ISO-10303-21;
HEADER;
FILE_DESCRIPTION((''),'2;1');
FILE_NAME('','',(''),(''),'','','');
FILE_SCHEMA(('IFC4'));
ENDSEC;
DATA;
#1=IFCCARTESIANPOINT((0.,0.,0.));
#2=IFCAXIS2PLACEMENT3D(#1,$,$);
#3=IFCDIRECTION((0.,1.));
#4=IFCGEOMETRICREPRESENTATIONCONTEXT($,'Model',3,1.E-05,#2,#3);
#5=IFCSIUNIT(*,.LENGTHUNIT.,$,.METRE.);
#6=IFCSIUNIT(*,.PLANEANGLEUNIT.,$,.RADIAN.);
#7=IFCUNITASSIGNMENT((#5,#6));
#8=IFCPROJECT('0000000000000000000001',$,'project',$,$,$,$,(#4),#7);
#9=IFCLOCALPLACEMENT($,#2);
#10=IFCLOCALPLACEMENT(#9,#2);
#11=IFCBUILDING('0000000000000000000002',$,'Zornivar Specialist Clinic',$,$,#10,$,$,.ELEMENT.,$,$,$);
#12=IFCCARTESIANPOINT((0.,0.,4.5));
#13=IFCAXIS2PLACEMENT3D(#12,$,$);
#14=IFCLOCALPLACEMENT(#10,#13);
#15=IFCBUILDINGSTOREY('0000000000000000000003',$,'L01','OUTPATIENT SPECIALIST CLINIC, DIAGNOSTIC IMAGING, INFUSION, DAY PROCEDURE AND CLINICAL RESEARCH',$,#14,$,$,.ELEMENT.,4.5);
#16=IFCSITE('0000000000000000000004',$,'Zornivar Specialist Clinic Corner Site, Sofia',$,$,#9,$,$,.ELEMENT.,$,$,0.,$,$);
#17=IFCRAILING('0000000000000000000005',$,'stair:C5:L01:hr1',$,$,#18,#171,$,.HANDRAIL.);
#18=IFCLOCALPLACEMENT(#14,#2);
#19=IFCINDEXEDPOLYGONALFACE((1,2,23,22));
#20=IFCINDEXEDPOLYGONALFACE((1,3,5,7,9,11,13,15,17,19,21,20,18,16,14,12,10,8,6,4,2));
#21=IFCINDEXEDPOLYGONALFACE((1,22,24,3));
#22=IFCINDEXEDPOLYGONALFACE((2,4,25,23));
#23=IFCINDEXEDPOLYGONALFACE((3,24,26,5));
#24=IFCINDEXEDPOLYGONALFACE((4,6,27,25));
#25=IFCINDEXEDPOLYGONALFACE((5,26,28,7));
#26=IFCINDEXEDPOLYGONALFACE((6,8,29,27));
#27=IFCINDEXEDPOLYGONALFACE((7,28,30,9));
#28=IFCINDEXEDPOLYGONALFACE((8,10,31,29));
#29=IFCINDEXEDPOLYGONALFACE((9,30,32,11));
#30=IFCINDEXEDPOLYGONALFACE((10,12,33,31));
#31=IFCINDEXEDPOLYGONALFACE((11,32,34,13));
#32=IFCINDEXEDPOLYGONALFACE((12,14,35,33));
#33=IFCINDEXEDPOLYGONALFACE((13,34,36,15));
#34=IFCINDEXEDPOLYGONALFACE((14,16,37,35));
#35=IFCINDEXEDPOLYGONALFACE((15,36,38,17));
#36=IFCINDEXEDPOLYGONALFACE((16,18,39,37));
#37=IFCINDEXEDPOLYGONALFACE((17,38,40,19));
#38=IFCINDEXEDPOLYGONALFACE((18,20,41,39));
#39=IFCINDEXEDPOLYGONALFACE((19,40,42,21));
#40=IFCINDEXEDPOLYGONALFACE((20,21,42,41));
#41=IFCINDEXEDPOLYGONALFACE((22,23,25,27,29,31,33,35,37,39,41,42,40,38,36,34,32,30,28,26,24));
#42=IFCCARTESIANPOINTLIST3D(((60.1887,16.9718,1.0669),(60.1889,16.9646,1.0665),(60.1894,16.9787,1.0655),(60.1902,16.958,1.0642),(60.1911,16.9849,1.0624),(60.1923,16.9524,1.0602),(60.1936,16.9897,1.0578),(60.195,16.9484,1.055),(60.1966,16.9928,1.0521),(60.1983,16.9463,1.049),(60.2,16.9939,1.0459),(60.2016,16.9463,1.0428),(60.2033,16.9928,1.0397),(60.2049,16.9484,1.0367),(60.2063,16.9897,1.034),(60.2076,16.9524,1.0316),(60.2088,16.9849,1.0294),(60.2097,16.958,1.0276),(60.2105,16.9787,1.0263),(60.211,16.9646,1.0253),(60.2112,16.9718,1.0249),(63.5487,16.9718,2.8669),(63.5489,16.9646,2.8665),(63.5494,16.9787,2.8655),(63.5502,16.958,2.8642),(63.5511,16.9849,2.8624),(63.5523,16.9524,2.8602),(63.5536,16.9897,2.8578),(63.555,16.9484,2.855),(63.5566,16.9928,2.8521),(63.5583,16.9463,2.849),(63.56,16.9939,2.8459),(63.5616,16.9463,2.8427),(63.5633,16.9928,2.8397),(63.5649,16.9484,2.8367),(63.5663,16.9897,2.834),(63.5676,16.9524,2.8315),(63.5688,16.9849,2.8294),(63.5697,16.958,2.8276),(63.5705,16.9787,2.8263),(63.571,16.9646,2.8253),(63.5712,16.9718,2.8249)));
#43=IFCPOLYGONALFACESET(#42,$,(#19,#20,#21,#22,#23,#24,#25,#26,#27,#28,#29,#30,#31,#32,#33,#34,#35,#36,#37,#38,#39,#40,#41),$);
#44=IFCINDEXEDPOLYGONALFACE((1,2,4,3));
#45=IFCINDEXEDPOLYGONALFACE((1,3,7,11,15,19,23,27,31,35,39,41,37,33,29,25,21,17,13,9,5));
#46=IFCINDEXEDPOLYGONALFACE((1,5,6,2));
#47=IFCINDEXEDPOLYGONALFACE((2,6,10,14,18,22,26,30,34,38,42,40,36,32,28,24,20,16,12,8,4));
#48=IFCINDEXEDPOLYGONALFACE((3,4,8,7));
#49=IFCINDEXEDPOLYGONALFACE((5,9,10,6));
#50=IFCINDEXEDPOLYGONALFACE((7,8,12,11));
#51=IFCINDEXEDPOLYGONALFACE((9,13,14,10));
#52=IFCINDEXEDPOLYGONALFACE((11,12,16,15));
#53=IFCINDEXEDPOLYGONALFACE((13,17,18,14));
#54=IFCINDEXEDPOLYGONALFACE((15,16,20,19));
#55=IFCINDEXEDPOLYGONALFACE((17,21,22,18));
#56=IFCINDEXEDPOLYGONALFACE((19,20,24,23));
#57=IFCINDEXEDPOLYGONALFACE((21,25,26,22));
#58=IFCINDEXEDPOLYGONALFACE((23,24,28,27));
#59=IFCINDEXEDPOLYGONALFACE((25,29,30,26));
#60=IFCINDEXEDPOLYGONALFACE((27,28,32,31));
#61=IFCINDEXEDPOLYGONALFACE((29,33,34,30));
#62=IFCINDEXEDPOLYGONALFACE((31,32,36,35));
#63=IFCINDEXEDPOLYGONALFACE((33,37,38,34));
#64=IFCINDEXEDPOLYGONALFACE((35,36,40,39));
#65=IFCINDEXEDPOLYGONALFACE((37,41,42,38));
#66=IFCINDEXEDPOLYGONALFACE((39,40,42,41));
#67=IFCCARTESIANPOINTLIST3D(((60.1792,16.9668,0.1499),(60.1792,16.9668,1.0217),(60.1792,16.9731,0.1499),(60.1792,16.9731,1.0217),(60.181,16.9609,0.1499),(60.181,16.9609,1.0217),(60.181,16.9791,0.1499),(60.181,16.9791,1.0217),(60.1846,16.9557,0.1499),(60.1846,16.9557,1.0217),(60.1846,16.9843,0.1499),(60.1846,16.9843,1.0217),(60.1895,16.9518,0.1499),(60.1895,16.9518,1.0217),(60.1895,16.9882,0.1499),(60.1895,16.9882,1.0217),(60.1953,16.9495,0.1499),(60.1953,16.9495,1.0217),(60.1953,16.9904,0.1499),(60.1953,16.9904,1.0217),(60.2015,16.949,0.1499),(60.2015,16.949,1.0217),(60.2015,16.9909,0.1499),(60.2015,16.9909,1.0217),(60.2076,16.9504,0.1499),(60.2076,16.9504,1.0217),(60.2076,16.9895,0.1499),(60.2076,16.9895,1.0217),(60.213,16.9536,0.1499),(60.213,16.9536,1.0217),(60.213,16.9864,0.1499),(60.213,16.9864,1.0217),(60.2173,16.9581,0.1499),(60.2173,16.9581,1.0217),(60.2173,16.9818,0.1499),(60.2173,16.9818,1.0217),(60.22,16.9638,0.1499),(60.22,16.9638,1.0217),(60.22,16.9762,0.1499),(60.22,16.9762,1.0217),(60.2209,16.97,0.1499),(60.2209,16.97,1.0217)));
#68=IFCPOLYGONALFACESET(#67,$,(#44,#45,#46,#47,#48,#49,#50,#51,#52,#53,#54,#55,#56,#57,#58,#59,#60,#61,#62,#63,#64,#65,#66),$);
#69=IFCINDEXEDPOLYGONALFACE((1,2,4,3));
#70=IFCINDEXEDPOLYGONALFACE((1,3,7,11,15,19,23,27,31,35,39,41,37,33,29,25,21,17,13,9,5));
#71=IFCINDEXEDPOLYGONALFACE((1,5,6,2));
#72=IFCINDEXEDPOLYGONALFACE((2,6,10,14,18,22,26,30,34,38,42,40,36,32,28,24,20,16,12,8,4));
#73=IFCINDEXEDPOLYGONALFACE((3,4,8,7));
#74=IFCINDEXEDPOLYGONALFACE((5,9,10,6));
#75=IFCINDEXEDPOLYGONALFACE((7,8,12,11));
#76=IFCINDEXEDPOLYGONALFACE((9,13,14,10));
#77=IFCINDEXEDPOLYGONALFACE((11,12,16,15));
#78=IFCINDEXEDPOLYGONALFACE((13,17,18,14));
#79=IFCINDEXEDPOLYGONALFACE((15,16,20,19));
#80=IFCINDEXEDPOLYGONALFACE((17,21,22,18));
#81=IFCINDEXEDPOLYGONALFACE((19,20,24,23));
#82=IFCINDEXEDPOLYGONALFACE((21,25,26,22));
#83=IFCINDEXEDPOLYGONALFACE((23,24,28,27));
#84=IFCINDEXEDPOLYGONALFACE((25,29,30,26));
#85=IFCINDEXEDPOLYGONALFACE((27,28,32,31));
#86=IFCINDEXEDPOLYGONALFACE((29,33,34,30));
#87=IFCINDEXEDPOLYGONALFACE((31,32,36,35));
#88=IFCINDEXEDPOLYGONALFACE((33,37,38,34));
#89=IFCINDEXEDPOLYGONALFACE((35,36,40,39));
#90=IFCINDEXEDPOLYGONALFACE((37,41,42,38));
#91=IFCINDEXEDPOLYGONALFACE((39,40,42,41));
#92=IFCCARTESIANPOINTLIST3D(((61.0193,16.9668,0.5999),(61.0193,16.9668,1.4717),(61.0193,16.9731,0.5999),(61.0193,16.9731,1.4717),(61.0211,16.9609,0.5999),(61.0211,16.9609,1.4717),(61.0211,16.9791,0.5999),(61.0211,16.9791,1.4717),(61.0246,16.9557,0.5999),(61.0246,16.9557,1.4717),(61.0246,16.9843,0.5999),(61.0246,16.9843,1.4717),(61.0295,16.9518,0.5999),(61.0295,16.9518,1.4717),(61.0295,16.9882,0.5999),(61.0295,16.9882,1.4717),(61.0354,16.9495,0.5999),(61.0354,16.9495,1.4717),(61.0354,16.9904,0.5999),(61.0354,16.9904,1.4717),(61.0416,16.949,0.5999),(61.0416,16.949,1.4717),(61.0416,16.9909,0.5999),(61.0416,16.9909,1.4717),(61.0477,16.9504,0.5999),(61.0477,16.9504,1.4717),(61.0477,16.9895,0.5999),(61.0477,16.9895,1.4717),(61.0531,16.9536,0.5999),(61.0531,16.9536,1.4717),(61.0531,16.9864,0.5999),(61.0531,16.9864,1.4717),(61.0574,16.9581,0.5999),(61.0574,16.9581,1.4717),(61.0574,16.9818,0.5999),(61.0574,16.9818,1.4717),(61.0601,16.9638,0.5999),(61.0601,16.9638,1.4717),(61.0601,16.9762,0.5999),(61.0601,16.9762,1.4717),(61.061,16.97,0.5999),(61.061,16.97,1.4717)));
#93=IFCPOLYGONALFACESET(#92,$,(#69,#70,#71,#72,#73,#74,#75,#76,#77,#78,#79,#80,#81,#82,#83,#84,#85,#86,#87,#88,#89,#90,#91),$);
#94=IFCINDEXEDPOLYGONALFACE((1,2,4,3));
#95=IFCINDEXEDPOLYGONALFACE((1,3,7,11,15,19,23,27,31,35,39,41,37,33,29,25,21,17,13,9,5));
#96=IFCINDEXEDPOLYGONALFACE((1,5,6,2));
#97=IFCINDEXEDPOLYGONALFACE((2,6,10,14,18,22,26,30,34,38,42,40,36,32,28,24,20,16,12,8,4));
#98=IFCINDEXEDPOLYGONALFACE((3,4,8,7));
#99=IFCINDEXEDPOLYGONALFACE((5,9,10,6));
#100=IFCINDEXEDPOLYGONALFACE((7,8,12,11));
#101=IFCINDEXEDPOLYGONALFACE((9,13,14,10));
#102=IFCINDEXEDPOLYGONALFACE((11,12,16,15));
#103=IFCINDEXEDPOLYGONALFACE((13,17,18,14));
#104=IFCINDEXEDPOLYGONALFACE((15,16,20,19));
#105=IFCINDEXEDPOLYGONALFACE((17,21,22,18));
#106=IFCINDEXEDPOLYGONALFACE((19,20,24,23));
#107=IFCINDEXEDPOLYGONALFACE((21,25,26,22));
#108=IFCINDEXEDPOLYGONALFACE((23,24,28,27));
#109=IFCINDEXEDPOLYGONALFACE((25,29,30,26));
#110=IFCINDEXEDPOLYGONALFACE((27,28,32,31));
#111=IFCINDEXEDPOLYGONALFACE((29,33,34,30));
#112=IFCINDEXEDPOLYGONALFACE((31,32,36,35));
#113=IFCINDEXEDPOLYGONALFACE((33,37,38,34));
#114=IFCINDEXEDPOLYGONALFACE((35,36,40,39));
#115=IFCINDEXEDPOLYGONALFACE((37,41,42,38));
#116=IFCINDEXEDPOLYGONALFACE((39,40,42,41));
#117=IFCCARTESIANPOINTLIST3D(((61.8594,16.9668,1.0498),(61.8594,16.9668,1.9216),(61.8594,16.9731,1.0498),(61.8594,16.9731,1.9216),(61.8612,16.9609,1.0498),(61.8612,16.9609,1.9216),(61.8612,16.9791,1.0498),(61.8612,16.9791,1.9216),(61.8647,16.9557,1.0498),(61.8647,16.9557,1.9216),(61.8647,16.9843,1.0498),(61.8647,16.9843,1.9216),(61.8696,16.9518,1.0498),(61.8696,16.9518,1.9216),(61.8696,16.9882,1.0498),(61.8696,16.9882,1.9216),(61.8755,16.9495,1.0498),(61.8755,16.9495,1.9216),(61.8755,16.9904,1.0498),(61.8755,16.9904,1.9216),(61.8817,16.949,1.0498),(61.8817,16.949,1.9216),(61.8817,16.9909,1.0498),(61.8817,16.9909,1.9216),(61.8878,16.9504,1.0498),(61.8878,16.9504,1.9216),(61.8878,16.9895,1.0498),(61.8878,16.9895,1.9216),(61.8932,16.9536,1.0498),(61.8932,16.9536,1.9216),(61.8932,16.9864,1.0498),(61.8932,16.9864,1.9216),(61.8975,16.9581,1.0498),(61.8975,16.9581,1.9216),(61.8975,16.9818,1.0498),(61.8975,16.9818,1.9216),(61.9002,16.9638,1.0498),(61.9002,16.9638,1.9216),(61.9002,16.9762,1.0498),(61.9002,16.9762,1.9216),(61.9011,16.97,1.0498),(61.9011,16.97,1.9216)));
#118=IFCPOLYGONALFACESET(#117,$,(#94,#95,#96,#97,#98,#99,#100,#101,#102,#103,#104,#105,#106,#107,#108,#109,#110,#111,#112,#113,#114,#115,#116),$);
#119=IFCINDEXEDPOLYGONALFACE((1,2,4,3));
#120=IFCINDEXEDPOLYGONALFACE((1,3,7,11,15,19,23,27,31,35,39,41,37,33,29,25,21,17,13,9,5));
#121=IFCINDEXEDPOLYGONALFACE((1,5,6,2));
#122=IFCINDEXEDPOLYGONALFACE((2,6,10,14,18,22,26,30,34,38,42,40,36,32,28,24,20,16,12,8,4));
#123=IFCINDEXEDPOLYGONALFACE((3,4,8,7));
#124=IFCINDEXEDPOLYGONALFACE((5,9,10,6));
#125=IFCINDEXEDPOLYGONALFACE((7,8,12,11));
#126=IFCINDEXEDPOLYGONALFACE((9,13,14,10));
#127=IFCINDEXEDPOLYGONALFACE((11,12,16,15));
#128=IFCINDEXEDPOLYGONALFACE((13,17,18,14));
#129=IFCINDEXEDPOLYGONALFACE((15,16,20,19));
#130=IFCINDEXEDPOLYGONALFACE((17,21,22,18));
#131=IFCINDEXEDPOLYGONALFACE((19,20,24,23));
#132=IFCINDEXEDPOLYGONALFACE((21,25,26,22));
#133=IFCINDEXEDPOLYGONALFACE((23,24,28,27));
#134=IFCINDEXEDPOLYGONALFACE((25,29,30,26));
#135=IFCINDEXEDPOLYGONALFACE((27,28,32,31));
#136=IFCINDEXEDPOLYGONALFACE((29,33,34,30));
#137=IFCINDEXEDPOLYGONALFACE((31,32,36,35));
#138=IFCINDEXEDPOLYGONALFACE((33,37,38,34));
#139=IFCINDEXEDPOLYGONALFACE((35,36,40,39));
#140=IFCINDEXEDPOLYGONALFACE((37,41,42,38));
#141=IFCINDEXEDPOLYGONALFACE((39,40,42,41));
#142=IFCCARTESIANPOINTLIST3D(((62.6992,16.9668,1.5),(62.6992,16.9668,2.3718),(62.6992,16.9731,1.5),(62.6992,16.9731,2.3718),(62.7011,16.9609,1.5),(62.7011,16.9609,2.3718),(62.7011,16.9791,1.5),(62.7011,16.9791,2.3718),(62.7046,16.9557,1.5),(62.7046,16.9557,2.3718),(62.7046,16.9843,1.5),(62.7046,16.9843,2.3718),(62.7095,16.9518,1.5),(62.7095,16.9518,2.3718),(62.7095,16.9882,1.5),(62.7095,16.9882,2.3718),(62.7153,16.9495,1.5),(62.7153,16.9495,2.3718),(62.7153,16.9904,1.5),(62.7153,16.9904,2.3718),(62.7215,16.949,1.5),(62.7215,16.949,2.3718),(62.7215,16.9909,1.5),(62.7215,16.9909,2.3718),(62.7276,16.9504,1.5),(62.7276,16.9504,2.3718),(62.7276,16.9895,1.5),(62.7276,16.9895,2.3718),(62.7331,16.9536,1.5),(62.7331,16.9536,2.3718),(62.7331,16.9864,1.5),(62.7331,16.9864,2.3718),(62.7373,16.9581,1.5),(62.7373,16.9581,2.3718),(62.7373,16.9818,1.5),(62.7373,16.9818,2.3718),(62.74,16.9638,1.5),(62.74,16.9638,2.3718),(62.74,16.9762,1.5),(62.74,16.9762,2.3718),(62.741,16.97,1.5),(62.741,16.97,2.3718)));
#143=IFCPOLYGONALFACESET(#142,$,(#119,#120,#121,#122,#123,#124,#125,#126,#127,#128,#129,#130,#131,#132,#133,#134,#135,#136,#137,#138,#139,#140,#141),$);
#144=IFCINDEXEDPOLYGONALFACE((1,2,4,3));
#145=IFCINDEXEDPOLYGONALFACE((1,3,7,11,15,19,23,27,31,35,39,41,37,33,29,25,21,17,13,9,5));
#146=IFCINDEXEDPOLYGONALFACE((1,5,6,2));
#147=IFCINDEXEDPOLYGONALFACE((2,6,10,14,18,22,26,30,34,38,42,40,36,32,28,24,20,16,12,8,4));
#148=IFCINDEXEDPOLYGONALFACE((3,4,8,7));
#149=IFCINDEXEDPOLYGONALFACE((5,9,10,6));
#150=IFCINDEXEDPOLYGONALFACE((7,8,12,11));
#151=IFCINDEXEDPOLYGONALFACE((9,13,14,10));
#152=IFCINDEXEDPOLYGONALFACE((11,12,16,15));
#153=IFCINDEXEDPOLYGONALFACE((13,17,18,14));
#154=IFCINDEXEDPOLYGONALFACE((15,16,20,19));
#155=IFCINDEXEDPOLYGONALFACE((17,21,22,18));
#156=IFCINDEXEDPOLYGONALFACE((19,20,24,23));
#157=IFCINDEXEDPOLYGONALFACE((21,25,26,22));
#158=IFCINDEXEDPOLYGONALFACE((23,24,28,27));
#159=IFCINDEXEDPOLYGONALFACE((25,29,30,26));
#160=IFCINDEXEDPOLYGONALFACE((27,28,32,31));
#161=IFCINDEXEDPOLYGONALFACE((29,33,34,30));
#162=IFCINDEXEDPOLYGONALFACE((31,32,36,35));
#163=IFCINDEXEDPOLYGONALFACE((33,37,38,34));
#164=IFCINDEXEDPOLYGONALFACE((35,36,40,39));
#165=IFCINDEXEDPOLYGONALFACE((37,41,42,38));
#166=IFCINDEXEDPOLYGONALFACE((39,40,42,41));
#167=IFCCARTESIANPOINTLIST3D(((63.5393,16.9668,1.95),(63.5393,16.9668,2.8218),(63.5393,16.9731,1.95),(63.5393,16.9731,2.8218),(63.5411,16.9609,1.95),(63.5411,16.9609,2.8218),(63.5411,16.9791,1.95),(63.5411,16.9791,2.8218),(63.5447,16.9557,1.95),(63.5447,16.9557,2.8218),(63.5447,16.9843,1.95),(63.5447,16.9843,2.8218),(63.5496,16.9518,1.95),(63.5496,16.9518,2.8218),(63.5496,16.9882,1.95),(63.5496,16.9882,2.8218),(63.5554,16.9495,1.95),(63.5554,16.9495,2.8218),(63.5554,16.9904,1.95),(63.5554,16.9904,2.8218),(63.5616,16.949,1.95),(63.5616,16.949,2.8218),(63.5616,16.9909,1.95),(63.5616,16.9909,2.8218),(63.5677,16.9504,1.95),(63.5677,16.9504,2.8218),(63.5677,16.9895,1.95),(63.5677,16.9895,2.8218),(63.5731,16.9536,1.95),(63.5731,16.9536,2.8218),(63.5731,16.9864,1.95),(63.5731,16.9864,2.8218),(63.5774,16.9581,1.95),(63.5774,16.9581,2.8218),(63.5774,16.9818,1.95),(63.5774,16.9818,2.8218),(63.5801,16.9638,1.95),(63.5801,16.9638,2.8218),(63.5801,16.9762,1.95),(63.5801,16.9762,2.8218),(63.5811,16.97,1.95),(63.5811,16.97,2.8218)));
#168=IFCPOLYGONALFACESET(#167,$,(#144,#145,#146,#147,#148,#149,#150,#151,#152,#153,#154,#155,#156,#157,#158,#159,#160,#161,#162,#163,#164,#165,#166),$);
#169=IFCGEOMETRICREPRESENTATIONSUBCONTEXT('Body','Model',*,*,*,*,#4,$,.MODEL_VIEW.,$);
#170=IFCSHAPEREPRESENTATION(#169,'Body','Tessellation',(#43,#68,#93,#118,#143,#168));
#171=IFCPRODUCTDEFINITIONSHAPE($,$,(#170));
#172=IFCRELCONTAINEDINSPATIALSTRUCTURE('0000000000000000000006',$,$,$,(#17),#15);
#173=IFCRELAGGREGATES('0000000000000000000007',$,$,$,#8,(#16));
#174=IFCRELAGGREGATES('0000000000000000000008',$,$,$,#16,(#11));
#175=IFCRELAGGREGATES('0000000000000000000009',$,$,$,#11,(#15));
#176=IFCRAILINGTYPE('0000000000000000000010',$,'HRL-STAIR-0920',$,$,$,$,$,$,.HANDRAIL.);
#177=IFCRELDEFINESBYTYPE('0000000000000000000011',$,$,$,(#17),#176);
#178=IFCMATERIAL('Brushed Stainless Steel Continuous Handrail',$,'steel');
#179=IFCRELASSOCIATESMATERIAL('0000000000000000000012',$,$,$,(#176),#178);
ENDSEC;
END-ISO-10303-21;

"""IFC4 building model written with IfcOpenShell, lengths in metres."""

from ifc_helpers import new_model, si_unit, direction, frame, origin, origin_2d, place, context, subcontext, project, spatial, circle, extrude, material, type_object, element, save


model = new_model("IFC4")

# Units and contexts
model_context = context("Model", 3, precision=1e-05, world=origin(), true_north=direction((0.0, 1.0)))
body_context = subcontext(model_context, "Body", "Model", "MODEL_VIEW")
ifc_project = project(units=[si_unit("LENGTHUNIT", "METRE"), si_unit("PLANEANGLEUNIT", "RADIAN")], contexts=[model_context])

# Site, building, storey
site_placement = place(None, origin())
site = spatial("IfcSite", under=ifc_project, at=site_placement, Name="Zornivar Specialist Clinic Corner Site, Sofia", CompositionType="ELEMENT", RefElevation=0.0)
building_placement = place(site_placement, origin())
building = spatial("IfcBuilding", under=site, at=building_placement, Name="Zornivar Specialist Clinic", CompositionType="ELEMENT")
storey_placement = place(building_placement, frame((0.0, 0.0, 4.5)))
storey = spatial("IfcBuildingStorey", under=building, at=storey_placement, Name="L01", Description="OUTPATIENT SPECIALIST CLINIC, DIAGNOSTIC IMAGING, INFUSION, DAY PROCEDURE AND CLINICAL RESEARCH", CompositionType="ELEMENT", Elevation=4.5)

# Railing
ifc_material_1 = material(Name="Brushed Stainless Steel Continuous Handrail", Category="steel")
railing_type_1 = type_object("IfcRailingType", Name="HRL-STAIR-0920", PredefinedType="HANDRAIL", material=ifc_material_1)
railing_1_placement = place(storey_placement, frame((60.2, 16.97, 0.1499)))
element("IfcRailing", 1, at=railing_1_placement, inside=storey, type_object=railing_type_1, Name="stair:C5:L01:hr1", PredefinedType="HANDRAIL", context=body_context, shape_type="SweptSolid", body=[
    extrude(circle(Radius=0.0239, at=origin_2d()), frame((0.0, 0.0, 0.896), z_axis=(0.881481, 0.0, 0.47222), x_axis=(0.0, 1.0, 0.0)), (0.0, 0.0, 1.0), 3.8118),
    extrude(circle(Radius=0.021, at=origin_2d()), origin(), (0.0, 0.0, 1.0), 0.8718),
    extrude(circle(Radius=0.021, at=origin_2d()), frame((0.8401, 0.0, 0.45)), (0.0, 0.0, 1.0), 0.8718),
    extrude(circle(Radius=0.021, at=origin_2d()), frame((1.6802, 0.0, 0.8999)), (0.0, 0.0, 1.0), 0.8718),
    extrude(circle(Radius=0.021, at=origin_2d()), frame((2.52, 0.0, 1.3501)), (0.0, 0.0, 1.0), 0.8718),
    extrude(circle(Radius=0.021, at=origin_2d()), frame((3.3601, 0.0, 1.8)), (0.0, 0.0, 1.0), 0.8718),
])

save(model, "model.ifc")
